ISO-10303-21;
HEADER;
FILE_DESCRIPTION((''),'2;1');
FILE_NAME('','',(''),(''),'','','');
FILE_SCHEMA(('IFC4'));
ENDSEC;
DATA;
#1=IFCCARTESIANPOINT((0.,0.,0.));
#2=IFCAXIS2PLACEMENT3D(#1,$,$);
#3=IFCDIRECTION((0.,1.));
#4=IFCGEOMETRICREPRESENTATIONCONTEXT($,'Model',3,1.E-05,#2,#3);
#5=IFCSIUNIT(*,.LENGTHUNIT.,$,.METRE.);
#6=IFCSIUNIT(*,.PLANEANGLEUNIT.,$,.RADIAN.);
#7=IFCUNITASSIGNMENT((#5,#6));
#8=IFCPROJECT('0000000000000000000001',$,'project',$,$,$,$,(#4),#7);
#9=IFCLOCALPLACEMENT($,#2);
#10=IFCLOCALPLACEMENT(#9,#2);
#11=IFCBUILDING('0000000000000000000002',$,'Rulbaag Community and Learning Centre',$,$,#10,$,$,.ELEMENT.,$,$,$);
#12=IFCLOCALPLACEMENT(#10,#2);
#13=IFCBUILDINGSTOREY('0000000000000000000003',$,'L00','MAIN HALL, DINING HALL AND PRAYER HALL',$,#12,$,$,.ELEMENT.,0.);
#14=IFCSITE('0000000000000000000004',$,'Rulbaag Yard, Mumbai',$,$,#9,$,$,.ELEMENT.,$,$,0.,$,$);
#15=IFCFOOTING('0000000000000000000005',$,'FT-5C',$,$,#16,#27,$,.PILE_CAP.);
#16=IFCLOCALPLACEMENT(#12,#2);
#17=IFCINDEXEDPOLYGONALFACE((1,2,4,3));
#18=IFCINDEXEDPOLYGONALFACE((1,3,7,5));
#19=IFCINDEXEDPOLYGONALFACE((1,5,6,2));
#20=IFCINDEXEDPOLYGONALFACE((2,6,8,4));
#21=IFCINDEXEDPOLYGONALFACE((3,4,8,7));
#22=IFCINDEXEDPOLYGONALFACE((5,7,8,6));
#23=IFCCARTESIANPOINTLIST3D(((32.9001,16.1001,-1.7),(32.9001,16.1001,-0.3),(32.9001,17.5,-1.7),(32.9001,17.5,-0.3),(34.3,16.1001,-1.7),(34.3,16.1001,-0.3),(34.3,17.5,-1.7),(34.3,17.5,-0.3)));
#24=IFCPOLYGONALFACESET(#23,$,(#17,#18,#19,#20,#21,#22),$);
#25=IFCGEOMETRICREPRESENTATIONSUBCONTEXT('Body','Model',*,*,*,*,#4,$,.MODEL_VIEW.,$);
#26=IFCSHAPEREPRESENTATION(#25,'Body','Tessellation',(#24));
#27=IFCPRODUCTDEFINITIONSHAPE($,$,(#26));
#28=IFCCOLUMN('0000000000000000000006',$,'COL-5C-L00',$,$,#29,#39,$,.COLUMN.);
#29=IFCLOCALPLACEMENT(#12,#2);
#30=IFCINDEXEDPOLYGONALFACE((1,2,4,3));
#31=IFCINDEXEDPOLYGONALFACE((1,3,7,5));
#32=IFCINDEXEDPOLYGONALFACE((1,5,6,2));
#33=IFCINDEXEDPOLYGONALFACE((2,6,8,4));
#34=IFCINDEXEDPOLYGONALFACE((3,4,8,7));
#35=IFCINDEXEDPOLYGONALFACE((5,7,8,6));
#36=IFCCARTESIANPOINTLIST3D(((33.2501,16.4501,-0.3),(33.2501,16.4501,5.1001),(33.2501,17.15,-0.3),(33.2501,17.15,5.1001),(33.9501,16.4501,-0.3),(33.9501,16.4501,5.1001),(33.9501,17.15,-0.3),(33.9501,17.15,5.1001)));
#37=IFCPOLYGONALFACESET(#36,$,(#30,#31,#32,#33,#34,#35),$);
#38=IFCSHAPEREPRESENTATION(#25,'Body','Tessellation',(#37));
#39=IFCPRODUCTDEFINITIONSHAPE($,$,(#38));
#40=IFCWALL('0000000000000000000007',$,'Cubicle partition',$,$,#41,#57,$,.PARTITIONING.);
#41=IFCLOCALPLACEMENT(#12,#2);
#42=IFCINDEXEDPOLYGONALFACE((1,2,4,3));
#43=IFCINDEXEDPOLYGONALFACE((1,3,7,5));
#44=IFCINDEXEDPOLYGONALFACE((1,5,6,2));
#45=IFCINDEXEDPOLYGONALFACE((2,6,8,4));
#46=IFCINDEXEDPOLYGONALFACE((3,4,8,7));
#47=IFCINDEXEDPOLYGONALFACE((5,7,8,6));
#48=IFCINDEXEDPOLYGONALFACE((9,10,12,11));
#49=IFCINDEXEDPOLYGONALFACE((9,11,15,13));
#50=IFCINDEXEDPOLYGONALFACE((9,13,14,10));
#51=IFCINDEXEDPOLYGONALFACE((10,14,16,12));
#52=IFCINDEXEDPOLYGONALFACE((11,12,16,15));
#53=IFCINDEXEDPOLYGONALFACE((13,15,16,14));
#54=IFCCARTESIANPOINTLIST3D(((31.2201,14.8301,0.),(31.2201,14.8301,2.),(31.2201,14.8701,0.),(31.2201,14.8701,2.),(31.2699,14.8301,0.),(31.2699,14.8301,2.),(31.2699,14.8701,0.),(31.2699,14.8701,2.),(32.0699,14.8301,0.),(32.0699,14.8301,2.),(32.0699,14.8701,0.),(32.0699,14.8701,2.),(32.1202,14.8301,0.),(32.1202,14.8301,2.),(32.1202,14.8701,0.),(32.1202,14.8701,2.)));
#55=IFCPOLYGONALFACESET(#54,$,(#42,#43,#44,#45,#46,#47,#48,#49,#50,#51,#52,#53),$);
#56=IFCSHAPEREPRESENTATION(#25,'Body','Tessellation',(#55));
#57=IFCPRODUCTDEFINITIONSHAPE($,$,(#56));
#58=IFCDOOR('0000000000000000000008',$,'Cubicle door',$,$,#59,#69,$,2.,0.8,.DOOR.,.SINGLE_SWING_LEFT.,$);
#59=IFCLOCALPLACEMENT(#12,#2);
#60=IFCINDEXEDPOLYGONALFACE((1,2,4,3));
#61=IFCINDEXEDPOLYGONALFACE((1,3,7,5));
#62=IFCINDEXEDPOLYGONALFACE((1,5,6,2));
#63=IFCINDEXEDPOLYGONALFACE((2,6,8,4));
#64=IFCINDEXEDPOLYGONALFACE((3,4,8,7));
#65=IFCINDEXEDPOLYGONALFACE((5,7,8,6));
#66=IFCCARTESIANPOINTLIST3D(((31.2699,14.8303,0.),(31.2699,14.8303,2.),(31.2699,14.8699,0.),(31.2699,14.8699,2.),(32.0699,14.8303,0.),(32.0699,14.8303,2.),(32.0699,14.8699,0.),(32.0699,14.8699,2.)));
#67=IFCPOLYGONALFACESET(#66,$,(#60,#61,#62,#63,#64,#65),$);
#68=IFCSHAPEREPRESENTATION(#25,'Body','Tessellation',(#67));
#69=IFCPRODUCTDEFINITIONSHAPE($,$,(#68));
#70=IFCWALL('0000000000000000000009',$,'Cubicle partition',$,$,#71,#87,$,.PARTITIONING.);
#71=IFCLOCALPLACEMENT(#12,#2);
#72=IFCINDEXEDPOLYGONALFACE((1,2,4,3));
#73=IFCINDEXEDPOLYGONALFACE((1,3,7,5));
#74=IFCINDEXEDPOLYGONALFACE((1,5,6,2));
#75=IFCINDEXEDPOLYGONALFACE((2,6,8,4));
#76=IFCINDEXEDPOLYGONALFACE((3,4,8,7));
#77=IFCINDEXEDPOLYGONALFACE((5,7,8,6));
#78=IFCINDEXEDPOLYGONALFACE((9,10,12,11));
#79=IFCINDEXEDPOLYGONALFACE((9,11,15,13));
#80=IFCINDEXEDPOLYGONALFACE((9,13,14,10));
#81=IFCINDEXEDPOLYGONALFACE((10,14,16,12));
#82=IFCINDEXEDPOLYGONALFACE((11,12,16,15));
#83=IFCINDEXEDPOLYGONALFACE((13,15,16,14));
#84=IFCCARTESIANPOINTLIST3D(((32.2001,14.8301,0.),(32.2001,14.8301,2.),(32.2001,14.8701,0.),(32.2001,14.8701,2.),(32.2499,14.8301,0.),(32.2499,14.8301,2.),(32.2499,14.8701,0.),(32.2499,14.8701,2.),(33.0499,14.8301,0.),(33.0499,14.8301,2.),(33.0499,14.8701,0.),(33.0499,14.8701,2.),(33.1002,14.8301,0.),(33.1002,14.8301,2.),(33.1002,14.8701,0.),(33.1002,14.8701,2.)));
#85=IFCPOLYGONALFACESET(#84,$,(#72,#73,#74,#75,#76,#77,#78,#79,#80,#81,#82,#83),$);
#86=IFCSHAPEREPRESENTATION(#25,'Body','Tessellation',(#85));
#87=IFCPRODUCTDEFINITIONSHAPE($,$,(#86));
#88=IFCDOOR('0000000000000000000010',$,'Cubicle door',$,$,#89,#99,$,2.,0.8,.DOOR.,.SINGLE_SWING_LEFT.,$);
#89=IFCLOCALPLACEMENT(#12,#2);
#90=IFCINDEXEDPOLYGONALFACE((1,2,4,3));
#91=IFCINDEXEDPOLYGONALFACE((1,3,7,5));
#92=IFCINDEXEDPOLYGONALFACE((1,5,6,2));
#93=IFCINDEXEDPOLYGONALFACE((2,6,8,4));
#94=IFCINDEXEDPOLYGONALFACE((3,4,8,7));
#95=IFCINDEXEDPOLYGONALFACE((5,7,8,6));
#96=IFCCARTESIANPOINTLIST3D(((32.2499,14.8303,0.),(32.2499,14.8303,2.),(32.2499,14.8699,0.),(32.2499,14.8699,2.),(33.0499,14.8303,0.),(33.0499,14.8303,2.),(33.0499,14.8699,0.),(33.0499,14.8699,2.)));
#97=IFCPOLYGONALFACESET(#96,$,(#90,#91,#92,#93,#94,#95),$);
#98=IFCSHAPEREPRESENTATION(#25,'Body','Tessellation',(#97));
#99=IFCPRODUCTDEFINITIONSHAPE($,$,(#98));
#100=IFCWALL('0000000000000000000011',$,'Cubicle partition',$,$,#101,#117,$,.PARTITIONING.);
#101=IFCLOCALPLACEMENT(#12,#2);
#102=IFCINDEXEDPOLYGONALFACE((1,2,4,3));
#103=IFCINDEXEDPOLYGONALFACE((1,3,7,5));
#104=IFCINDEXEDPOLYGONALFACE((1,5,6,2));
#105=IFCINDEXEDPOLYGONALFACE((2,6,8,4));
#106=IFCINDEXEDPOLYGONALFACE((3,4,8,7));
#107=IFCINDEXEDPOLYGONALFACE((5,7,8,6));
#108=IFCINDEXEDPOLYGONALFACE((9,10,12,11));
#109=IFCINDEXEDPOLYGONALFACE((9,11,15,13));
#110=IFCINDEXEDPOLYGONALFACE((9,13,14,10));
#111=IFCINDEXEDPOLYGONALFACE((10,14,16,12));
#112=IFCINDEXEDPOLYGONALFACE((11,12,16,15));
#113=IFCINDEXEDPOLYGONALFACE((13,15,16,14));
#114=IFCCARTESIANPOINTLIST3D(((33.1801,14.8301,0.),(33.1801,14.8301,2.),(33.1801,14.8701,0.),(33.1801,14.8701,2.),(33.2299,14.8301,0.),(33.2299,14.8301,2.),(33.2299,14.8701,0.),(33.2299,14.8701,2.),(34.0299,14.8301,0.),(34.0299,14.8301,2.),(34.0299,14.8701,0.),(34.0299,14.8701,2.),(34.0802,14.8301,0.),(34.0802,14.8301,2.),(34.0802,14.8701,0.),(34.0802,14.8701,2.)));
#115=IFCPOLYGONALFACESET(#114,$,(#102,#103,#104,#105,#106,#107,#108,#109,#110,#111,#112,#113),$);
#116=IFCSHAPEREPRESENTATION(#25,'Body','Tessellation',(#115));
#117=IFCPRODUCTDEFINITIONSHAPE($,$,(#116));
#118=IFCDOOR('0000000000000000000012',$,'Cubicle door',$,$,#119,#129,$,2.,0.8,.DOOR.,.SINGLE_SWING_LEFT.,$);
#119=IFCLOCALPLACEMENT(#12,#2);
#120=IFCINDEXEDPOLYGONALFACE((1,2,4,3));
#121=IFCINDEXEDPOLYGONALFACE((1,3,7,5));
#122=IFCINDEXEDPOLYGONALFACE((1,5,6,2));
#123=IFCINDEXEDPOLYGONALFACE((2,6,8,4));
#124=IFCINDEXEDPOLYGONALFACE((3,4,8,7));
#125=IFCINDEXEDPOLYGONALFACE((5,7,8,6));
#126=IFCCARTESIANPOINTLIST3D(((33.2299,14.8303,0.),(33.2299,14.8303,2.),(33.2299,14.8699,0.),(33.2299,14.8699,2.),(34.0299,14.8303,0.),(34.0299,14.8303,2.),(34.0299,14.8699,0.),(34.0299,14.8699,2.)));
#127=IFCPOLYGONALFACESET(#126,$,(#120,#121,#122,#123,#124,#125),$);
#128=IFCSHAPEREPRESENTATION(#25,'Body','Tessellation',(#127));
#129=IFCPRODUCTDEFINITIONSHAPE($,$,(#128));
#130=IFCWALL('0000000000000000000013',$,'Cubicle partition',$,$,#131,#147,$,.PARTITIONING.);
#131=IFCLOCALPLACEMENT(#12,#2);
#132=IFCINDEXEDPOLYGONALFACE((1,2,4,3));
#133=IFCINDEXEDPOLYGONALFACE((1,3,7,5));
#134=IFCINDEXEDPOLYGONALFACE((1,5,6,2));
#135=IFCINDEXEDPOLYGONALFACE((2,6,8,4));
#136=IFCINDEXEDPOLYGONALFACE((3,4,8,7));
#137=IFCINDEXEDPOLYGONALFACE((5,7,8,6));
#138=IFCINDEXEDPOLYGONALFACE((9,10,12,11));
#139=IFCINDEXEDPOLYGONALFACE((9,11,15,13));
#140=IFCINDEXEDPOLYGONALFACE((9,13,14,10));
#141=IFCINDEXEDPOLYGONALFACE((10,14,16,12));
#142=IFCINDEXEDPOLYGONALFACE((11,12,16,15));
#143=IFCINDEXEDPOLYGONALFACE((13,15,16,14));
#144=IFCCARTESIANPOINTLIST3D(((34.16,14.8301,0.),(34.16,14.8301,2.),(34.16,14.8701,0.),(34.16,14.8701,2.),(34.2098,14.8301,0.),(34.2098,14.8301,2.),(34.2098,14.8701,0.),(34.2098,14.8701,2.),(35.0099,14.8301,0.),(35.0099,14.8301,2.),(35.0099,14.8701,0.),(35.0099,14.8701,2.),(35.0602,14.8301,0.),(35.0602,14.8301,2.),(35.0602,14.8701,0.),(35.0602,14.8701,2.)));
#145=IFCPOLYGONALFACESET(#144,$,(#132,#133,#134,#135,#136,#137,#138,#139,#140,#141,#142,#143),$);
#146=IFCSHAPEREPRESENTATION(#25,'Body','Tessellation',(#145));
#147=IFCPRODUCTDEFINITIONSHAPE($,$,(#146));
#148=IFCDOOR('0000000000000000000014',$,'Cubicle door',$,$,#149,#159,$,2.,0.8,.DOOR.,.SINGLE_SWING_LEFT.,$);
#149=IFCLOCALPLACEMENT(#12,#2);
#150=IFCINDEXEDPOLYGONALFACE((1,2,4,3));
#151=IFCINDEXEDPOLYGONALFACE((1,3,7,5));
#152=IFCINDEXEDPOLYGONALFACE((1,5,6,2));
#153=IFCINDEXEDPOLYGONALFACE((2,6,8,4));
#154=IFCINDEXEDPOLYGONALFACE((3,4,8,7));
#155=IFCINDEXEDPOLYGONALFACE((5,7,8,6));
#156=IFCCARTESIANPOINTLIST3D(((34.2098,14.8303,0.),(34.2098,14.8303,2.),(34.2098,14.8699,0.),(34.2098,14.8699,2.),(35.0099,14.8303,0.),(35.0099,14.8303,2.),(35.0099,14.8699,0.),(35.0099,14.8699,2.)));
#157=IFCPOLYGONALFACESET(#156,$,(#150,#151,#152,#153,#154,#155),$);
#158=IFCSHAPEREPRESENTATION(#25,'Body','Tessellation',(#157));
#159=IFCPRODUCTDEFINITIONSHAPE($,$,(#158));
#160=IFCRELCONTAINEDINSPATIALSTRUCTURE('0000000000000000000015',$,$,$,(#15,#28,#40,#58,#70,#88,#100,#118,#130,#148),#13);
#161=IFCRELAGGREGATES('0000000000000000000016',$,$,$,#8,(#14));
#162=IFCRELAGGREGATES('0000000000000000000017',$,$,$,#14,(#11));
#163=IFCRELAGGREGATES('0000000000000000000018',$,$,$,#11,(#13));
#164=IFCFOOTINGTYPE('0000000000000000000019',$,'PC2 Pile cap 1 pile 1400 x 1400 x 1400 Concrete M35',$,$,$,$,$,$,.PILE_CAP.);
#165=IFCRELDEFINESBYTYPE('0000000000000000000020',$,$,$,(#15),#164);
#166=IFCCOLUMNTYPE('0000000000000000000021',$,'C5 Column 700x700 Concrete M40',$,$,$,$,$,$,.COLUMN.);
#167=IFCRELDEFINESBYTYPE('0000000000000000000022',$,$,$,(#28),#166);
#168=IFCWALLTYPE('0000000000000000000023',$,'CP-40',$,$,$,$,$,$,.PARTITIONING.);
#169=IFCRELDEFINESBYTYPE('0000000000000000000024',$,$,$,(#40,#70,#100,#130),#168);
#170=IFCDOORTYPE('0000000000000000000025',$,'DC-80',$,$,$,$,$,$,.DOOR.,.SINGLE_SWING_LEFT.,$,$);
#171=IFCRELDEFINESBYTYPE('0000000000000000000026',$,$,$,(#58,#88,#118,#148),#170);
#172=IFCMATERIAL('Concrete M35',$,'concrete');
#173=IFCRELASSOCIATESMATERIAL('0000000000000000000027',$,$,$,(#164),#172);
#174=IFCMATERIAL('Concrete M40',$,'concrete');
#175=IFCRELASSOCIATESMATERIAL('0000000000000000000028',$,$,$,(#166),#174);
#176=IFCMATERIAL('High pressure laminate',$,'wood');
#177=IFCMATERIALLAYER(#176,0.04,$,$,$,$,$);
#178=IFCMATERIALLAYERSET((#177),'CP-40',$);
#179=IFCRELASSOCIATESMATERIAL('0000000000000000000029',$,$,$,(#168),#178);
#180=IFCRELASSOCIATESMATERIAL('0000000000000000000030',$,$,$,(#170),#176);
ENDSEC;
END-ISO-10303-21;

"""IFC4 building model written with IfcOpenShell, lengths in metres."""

from ifc_helpers import new_model, si_unit, direction, frame, frame_2d, origin, origin_2d, place, context, subcontext, project, spatial, rectangle, extrude, material, layer, layer_set, material_profile, profile_set, type_object, element, fill, save


model = new_model("IFC4")

# Units and contexts
model_context = context("Model", 3, precision=1e-05, world=origin(), true_north=direction((0.0, 1.0)))
body_context = subcontext(model_context, "Body", "Model", "MODEL_VIEW")
ifc_project = project(units=[si_unit("LENGTHUNIT", "METRE"), si_unit("PLANEANGLEUNIT", "RADIAN")], contexts=[model_context])

# Site, building, storey
site_placement = place(None, origin())
site = spatial("IfcSite", under=ifc_project, at=site_placement, Name="Rulbaag Yard, Mumbai", CompositionType="ELEMENT", RefElevation=0.0)
building_placement = place(site_placement, origin())
building = spatial("IfcBuilding", under=site, at=building_placement, Name="Rulbaag Community and Learning Centre", CompositionType="ELEMENT")
storey_placement = place(building_placement, origin())
storey = spatial("IfcBuildingStorey", under=building, at=storey_placement, Name="L00", Description="MAIN HALL, DINING HALL AND PRAYER HALL", CompositionType="ELEMENT", Elevation=0.0)

# Footing
ifc_material_1 = material(Name="Concrete M35", Category="concrete")
footing_type = type_object("IfcFootingType", Name="PC2 Pile cap 1 pile 1400 x 1400 x 1400 Concrete M35", PredefinedType="PILE_CAP", material=ifc_material_1)
footing_placement = place(storey_placement, frame((33.6001, 16.8, -1.7), z_axis=(0.0, 0.0, 1.0), x_axis=(1.0, 0.0, 0.0)))
element("IfcFooting", 1, at=footing_placement, inside=storey, type_object=footing_type, Name="FT-5C", PredefinedType="PILE_CAP", context=body_context, shape_type="SweptSolid", body=[
    extrude(rectangle(XDim=1.3999, YDim=1.3999, at=origin_2d()), origin(), (0.0, 0.0, 1.0), 1.3999),
])

# Column
ifc_material_2 = material(Name="Concrete M40", Category="concrete")
ifc_material_profile = material_profile(ifc_material_2, rectangle(XDim=0.7, YDim=0.7, at=origin_2d()), Name="RC700x700")
ifc_profile_set = profile_set([ifc_material_profile], Name="Concrete M40")
column_type = type_object("IfcColumnType", Name="C5 Column 700x700 Concrete M40", PredefinedType="COLUMN", material=ifc_profile_set)
column_placement = place(storey_placement, frame((33.6001, 16.8, -0.3), z_axis=(0.0, 0.0, 1.0), x_axis=(1.0, 0.0, 0.0)))
element("IfcColumn", 2, at=column_placement, inside=storey, type_object=column_type, Name="COL-5C-L00", PredefinedType="COLUMN", context=body_context, shape_type="SweptSolid", body=[
    extrude(rectangle(XDim=0.7, YDim=0.7, at=origin_2d()), origin(), (0.0, 0.0, 1.0), 5.4001),
])

# Walls, openings, doors
ifc_material_3 = material(Name="High pressure laminate", Category="wood")
ifc_layer = layer(ifc_material_3, 0.04)
ifc_layer_set = layer_set([ifc_layer], Name="CP-40")
wall_type = type_object("IfcWallType", Name="CP-40", PredefinedType="PARTITIONING", material=ifc_layer_set)
wall_1_placement = place(storey_placement, frame((31.22, 14.8501, 0.0), z_axis=(0.0, 0.0, 1.0), x_axis=(1.0, 0.0, 0.0)))
wall_1 = element("IfcWall", 3, at=wall_1_placement, inside=storey, type_object=wall_type, Name="Cubicle partition", PredefinedType="PARTITIONING", context=body_context, shape_type="SweptSolid", body=[
    extrude(rectangle(XDim=0.9001, YDim=0.04, at=frame_2d((0.4502, 0.0))), origin(), (0.0, 0.0, 1.0), 2.0),
])
opening_1_placement = place(wall_1_placement, frame((0.05, 0.0, 0.0)))
opening_1 = element("IfcOpeningElement", 4, at=opening_1_placement, cuts=wall_1, PredefinedType="OPENING", context=body_context, shape_type="SweptSolid", body=[
    extrude(rectangle(XDim=0.8, YDim=2.0, at=frame_2d((0.3999, 1.0))), frame((0.0, 0.03, 0.0), z_axis=(0.0, -1.0, 0.0), x_axis=(1.0, 0.0, 0.0)), (0.0, 0.0, 1.0), 0.0601),
])
door_type = type_object("IfcDoorType", Name="DC-80", OperationType="SINGLE_SWING_LEFT", PredefinedType="DOOR", material=ifc_material_3)
door_1_placement = place(opening_1_placement, origin())
door_1 = element("IfcDoor", 5, at=door_1_placement, inside=storey, type_object=door_type, Name="Cubicle door", OperationType="SINGLE_SWING_LEFT", OverallHeight=2.0, OverallWidth=0.8, PredefinedType="DOOR", context=body_context, shape_type="SweptSolid", body=[
    extrude(rectangle(XDim=0.8, YDim=2.0, at=frame_2d((0.3999, 1.0))), frame((0.0, 0.0198, 0.0), z_axis=(0.0, -1.0, 0.0), x_axis=(1.0, 0.0, 0.0)), (0.0, 0.0, 1.0), 0.0396),
])
fill(opening_1, door_1)
wall_2_placement = place(storey_placement, frame((32.2, 14.8501, 0.0), z_axis=(0.0, 0.0, 1.0), x_axis=(1.0, 0.0, 0.0)))
wall_2 = element("IfcWall", 6, at=wall_2_placement, inside=storey, type_object=wall_type, Name="Cubicle partition", PredefinedType="PARTITIONING", context=body_context, shape_type="SweptSolid", body=[
    extrude(rectangle(XDim=0.9001, YDim=0.04, at=frame_2d((0.4502, 0.0))), origin(), (0.0, 0.0, 1.0), 2.0),
])
opening_2_placement = place(wall_2_placement, frame((0.05, 0.0, 0.0)))
opening_2 = element("IfcOpeningElement", 7, at=opening_2_placement, cuts=wall_2, PredefinedType="OPENING", context=body_context, shape_type="SweptSolid", body=[
    extrude(rectangle(XDim=0.8, YDim=2.0, at=frame_2d((0.3999, 1.0))), frame((0.0, 0.03, 0.0), z_axis=(0.0, -1.0, 0.0), x_axis=(1.0, 0.0, 0.0)), (0.0, 0.0, 1.0), 0.0601),
])
door_2_placement = place(opening_2_placement, origin())
door_2 = element("IfcDoor", 8, at=door_2_placement, inside=storey, type_object=door_type, Name="Cubicle door", OperationType="SINGLE_SWING_LEFT", OverallHeight=2.0, OverallWidth=0.8, PredefinedType="DOOR", context=body_context, shape_type="SweptSolid", body=[
    extrude(rectangle(XDim=0.8, YDim=2.0, at=frame_2d((0.3999, 1.0))), frame((0.0, 0.0198, 0.0), z_axis=(0.0, -1.0, 0.0), x_axis=(1.0, 0.0, 0.0)), (0.0, 0.0, 1.0), 0.0396),
])
fill(opening_2, door_2)
wall_3_placement = place(storey_placement, frame((33.1799, 14.8501, 0.0), z_axis=(0.0, 0.0, 1.0), x_axis=(1.0, 0.0, 0.0)))
wall_3 = element("IfcWall", 9, at=wall_3_placement, inside=storey, type_object=wall_type, Name="Cubicle partition", PredefinedType="PARTITIONING", context=body_context, shape_type="SweptSolid", body=[
    extrude(rectangle(XDim=0.9001, YDim=0.04, at=frame_2d((0.4502, 0.0))), origin(), (0.0, 0.0, 1.0), 2.0),
])
opening_3_placement = place(wall_3_placement, frame((0.05, 0.0, 0.0)))
opening_3 = element("IfcOpeningElement", 10, at=opening_3_placement, cuts=wall_3, PredefinedType="OPENING", context=body_context, shape_type="SweptSolid", body=[
    extrude(rectangle(XDim=0.8, YDim=2.0, at=frame_2d((0.3999, 1.0))), frame((0.0, 0.03, 0.0), z_axis=(0.0, -1.0, 0.0), x_axis=(1.0, 0.0, 0.0)), (0.0, 0.0, 1.0), 0.0601),
])
door_3_placement = place(opening_3_placement, origin())
door_3 = element("IfcDoor", 11, at=door_3_placement, inside=storey, type_object=door_type, Name="Cubicle door", OperationType="SINGLE_SWING_LEFT", OverallHeight=2.0, OverallWidth=0.8, PredefinedType="DOOR", context=body_context, shape_type="SweptSolid", body=[
    extrude(rectangle(XDim=0.8, YDim=2.0, at=frame_2d((0.3999, 1.0))), frame((0.0, 0.0198, 0.0), z_axis=(0.0, -1.0, 0.0), x_axis=(1.0, 0.0, 0.0)), (0.0, 0.0, 1.0), 0.0396),
])
fill(opening_3, door_3)
wall_4_placement = place(storey_placement, frame((34.1599, 14.8501, 0.0), z_axis=(0.0, 0.0, 1.0), x_axis=(1.0, 0.0, 0.0)))
wall_4 = element("IfcWall", 12, at=wall_4_placement, inside=storey, type_object=wall_type, Name="Cubicle partition", PredefinedType="PARTITIONING", context=body_context, shape_type="SweptSolid", body=[
    extrude(rectangle(XDim=0.9001, YDim=0.04, at=frame_2d((0.4502, 0.0))), origin(), (0.0, 0.0, 1.0), 2.0),
])
opening_4_placement = place(wall_4_placement, frame((0.05, 0.0, 0.0)))
opening_4 = element("IfcOpeningElement", 13, at=opening_4_placement, cuts=wall_4, PredefinedType="OPENING", context=body_context, shape_type="SweptSolid", body=[
    extrude(rectangle(XDim=0.8, YDim=2.0, at=frame_2d((0.3999, 1.0))), frame((0.0, 0.03, 0.0), z_axis=(0.0, -1.0, 0.0), x_axis=(1.0, 0.0, 0.0)), (0.0, 0.0, 1.0), 0.0601),
])
door_4_placement = place(opening_4_placement, origin())
door_4 = element("IfcDoor", 14, at=door_4_placement, inside=storey, type_object=door_type, Name="Cubicle door", OperationType="SINGLE_SWING_LEFT", OverallHeight=2.0, OverallWidth=0.8, PredefinedType="DOOR", context=body_context, shape_type="SweptSolid", body=[
    extrude(rectangle(XDim=0.8, YDim=2.0, at=frame_2d((0.3999, 1.0))), frame((0.0, 0.0198, 0.0), z_axis=(0.0, -1.0, 0.0), x_axis=(1.0, 0.0, 0.0)), (0.0, 0.0, 1.0), 0.0396),
])
fill(opening_4, door_4)

save(model, "model.ifc")
